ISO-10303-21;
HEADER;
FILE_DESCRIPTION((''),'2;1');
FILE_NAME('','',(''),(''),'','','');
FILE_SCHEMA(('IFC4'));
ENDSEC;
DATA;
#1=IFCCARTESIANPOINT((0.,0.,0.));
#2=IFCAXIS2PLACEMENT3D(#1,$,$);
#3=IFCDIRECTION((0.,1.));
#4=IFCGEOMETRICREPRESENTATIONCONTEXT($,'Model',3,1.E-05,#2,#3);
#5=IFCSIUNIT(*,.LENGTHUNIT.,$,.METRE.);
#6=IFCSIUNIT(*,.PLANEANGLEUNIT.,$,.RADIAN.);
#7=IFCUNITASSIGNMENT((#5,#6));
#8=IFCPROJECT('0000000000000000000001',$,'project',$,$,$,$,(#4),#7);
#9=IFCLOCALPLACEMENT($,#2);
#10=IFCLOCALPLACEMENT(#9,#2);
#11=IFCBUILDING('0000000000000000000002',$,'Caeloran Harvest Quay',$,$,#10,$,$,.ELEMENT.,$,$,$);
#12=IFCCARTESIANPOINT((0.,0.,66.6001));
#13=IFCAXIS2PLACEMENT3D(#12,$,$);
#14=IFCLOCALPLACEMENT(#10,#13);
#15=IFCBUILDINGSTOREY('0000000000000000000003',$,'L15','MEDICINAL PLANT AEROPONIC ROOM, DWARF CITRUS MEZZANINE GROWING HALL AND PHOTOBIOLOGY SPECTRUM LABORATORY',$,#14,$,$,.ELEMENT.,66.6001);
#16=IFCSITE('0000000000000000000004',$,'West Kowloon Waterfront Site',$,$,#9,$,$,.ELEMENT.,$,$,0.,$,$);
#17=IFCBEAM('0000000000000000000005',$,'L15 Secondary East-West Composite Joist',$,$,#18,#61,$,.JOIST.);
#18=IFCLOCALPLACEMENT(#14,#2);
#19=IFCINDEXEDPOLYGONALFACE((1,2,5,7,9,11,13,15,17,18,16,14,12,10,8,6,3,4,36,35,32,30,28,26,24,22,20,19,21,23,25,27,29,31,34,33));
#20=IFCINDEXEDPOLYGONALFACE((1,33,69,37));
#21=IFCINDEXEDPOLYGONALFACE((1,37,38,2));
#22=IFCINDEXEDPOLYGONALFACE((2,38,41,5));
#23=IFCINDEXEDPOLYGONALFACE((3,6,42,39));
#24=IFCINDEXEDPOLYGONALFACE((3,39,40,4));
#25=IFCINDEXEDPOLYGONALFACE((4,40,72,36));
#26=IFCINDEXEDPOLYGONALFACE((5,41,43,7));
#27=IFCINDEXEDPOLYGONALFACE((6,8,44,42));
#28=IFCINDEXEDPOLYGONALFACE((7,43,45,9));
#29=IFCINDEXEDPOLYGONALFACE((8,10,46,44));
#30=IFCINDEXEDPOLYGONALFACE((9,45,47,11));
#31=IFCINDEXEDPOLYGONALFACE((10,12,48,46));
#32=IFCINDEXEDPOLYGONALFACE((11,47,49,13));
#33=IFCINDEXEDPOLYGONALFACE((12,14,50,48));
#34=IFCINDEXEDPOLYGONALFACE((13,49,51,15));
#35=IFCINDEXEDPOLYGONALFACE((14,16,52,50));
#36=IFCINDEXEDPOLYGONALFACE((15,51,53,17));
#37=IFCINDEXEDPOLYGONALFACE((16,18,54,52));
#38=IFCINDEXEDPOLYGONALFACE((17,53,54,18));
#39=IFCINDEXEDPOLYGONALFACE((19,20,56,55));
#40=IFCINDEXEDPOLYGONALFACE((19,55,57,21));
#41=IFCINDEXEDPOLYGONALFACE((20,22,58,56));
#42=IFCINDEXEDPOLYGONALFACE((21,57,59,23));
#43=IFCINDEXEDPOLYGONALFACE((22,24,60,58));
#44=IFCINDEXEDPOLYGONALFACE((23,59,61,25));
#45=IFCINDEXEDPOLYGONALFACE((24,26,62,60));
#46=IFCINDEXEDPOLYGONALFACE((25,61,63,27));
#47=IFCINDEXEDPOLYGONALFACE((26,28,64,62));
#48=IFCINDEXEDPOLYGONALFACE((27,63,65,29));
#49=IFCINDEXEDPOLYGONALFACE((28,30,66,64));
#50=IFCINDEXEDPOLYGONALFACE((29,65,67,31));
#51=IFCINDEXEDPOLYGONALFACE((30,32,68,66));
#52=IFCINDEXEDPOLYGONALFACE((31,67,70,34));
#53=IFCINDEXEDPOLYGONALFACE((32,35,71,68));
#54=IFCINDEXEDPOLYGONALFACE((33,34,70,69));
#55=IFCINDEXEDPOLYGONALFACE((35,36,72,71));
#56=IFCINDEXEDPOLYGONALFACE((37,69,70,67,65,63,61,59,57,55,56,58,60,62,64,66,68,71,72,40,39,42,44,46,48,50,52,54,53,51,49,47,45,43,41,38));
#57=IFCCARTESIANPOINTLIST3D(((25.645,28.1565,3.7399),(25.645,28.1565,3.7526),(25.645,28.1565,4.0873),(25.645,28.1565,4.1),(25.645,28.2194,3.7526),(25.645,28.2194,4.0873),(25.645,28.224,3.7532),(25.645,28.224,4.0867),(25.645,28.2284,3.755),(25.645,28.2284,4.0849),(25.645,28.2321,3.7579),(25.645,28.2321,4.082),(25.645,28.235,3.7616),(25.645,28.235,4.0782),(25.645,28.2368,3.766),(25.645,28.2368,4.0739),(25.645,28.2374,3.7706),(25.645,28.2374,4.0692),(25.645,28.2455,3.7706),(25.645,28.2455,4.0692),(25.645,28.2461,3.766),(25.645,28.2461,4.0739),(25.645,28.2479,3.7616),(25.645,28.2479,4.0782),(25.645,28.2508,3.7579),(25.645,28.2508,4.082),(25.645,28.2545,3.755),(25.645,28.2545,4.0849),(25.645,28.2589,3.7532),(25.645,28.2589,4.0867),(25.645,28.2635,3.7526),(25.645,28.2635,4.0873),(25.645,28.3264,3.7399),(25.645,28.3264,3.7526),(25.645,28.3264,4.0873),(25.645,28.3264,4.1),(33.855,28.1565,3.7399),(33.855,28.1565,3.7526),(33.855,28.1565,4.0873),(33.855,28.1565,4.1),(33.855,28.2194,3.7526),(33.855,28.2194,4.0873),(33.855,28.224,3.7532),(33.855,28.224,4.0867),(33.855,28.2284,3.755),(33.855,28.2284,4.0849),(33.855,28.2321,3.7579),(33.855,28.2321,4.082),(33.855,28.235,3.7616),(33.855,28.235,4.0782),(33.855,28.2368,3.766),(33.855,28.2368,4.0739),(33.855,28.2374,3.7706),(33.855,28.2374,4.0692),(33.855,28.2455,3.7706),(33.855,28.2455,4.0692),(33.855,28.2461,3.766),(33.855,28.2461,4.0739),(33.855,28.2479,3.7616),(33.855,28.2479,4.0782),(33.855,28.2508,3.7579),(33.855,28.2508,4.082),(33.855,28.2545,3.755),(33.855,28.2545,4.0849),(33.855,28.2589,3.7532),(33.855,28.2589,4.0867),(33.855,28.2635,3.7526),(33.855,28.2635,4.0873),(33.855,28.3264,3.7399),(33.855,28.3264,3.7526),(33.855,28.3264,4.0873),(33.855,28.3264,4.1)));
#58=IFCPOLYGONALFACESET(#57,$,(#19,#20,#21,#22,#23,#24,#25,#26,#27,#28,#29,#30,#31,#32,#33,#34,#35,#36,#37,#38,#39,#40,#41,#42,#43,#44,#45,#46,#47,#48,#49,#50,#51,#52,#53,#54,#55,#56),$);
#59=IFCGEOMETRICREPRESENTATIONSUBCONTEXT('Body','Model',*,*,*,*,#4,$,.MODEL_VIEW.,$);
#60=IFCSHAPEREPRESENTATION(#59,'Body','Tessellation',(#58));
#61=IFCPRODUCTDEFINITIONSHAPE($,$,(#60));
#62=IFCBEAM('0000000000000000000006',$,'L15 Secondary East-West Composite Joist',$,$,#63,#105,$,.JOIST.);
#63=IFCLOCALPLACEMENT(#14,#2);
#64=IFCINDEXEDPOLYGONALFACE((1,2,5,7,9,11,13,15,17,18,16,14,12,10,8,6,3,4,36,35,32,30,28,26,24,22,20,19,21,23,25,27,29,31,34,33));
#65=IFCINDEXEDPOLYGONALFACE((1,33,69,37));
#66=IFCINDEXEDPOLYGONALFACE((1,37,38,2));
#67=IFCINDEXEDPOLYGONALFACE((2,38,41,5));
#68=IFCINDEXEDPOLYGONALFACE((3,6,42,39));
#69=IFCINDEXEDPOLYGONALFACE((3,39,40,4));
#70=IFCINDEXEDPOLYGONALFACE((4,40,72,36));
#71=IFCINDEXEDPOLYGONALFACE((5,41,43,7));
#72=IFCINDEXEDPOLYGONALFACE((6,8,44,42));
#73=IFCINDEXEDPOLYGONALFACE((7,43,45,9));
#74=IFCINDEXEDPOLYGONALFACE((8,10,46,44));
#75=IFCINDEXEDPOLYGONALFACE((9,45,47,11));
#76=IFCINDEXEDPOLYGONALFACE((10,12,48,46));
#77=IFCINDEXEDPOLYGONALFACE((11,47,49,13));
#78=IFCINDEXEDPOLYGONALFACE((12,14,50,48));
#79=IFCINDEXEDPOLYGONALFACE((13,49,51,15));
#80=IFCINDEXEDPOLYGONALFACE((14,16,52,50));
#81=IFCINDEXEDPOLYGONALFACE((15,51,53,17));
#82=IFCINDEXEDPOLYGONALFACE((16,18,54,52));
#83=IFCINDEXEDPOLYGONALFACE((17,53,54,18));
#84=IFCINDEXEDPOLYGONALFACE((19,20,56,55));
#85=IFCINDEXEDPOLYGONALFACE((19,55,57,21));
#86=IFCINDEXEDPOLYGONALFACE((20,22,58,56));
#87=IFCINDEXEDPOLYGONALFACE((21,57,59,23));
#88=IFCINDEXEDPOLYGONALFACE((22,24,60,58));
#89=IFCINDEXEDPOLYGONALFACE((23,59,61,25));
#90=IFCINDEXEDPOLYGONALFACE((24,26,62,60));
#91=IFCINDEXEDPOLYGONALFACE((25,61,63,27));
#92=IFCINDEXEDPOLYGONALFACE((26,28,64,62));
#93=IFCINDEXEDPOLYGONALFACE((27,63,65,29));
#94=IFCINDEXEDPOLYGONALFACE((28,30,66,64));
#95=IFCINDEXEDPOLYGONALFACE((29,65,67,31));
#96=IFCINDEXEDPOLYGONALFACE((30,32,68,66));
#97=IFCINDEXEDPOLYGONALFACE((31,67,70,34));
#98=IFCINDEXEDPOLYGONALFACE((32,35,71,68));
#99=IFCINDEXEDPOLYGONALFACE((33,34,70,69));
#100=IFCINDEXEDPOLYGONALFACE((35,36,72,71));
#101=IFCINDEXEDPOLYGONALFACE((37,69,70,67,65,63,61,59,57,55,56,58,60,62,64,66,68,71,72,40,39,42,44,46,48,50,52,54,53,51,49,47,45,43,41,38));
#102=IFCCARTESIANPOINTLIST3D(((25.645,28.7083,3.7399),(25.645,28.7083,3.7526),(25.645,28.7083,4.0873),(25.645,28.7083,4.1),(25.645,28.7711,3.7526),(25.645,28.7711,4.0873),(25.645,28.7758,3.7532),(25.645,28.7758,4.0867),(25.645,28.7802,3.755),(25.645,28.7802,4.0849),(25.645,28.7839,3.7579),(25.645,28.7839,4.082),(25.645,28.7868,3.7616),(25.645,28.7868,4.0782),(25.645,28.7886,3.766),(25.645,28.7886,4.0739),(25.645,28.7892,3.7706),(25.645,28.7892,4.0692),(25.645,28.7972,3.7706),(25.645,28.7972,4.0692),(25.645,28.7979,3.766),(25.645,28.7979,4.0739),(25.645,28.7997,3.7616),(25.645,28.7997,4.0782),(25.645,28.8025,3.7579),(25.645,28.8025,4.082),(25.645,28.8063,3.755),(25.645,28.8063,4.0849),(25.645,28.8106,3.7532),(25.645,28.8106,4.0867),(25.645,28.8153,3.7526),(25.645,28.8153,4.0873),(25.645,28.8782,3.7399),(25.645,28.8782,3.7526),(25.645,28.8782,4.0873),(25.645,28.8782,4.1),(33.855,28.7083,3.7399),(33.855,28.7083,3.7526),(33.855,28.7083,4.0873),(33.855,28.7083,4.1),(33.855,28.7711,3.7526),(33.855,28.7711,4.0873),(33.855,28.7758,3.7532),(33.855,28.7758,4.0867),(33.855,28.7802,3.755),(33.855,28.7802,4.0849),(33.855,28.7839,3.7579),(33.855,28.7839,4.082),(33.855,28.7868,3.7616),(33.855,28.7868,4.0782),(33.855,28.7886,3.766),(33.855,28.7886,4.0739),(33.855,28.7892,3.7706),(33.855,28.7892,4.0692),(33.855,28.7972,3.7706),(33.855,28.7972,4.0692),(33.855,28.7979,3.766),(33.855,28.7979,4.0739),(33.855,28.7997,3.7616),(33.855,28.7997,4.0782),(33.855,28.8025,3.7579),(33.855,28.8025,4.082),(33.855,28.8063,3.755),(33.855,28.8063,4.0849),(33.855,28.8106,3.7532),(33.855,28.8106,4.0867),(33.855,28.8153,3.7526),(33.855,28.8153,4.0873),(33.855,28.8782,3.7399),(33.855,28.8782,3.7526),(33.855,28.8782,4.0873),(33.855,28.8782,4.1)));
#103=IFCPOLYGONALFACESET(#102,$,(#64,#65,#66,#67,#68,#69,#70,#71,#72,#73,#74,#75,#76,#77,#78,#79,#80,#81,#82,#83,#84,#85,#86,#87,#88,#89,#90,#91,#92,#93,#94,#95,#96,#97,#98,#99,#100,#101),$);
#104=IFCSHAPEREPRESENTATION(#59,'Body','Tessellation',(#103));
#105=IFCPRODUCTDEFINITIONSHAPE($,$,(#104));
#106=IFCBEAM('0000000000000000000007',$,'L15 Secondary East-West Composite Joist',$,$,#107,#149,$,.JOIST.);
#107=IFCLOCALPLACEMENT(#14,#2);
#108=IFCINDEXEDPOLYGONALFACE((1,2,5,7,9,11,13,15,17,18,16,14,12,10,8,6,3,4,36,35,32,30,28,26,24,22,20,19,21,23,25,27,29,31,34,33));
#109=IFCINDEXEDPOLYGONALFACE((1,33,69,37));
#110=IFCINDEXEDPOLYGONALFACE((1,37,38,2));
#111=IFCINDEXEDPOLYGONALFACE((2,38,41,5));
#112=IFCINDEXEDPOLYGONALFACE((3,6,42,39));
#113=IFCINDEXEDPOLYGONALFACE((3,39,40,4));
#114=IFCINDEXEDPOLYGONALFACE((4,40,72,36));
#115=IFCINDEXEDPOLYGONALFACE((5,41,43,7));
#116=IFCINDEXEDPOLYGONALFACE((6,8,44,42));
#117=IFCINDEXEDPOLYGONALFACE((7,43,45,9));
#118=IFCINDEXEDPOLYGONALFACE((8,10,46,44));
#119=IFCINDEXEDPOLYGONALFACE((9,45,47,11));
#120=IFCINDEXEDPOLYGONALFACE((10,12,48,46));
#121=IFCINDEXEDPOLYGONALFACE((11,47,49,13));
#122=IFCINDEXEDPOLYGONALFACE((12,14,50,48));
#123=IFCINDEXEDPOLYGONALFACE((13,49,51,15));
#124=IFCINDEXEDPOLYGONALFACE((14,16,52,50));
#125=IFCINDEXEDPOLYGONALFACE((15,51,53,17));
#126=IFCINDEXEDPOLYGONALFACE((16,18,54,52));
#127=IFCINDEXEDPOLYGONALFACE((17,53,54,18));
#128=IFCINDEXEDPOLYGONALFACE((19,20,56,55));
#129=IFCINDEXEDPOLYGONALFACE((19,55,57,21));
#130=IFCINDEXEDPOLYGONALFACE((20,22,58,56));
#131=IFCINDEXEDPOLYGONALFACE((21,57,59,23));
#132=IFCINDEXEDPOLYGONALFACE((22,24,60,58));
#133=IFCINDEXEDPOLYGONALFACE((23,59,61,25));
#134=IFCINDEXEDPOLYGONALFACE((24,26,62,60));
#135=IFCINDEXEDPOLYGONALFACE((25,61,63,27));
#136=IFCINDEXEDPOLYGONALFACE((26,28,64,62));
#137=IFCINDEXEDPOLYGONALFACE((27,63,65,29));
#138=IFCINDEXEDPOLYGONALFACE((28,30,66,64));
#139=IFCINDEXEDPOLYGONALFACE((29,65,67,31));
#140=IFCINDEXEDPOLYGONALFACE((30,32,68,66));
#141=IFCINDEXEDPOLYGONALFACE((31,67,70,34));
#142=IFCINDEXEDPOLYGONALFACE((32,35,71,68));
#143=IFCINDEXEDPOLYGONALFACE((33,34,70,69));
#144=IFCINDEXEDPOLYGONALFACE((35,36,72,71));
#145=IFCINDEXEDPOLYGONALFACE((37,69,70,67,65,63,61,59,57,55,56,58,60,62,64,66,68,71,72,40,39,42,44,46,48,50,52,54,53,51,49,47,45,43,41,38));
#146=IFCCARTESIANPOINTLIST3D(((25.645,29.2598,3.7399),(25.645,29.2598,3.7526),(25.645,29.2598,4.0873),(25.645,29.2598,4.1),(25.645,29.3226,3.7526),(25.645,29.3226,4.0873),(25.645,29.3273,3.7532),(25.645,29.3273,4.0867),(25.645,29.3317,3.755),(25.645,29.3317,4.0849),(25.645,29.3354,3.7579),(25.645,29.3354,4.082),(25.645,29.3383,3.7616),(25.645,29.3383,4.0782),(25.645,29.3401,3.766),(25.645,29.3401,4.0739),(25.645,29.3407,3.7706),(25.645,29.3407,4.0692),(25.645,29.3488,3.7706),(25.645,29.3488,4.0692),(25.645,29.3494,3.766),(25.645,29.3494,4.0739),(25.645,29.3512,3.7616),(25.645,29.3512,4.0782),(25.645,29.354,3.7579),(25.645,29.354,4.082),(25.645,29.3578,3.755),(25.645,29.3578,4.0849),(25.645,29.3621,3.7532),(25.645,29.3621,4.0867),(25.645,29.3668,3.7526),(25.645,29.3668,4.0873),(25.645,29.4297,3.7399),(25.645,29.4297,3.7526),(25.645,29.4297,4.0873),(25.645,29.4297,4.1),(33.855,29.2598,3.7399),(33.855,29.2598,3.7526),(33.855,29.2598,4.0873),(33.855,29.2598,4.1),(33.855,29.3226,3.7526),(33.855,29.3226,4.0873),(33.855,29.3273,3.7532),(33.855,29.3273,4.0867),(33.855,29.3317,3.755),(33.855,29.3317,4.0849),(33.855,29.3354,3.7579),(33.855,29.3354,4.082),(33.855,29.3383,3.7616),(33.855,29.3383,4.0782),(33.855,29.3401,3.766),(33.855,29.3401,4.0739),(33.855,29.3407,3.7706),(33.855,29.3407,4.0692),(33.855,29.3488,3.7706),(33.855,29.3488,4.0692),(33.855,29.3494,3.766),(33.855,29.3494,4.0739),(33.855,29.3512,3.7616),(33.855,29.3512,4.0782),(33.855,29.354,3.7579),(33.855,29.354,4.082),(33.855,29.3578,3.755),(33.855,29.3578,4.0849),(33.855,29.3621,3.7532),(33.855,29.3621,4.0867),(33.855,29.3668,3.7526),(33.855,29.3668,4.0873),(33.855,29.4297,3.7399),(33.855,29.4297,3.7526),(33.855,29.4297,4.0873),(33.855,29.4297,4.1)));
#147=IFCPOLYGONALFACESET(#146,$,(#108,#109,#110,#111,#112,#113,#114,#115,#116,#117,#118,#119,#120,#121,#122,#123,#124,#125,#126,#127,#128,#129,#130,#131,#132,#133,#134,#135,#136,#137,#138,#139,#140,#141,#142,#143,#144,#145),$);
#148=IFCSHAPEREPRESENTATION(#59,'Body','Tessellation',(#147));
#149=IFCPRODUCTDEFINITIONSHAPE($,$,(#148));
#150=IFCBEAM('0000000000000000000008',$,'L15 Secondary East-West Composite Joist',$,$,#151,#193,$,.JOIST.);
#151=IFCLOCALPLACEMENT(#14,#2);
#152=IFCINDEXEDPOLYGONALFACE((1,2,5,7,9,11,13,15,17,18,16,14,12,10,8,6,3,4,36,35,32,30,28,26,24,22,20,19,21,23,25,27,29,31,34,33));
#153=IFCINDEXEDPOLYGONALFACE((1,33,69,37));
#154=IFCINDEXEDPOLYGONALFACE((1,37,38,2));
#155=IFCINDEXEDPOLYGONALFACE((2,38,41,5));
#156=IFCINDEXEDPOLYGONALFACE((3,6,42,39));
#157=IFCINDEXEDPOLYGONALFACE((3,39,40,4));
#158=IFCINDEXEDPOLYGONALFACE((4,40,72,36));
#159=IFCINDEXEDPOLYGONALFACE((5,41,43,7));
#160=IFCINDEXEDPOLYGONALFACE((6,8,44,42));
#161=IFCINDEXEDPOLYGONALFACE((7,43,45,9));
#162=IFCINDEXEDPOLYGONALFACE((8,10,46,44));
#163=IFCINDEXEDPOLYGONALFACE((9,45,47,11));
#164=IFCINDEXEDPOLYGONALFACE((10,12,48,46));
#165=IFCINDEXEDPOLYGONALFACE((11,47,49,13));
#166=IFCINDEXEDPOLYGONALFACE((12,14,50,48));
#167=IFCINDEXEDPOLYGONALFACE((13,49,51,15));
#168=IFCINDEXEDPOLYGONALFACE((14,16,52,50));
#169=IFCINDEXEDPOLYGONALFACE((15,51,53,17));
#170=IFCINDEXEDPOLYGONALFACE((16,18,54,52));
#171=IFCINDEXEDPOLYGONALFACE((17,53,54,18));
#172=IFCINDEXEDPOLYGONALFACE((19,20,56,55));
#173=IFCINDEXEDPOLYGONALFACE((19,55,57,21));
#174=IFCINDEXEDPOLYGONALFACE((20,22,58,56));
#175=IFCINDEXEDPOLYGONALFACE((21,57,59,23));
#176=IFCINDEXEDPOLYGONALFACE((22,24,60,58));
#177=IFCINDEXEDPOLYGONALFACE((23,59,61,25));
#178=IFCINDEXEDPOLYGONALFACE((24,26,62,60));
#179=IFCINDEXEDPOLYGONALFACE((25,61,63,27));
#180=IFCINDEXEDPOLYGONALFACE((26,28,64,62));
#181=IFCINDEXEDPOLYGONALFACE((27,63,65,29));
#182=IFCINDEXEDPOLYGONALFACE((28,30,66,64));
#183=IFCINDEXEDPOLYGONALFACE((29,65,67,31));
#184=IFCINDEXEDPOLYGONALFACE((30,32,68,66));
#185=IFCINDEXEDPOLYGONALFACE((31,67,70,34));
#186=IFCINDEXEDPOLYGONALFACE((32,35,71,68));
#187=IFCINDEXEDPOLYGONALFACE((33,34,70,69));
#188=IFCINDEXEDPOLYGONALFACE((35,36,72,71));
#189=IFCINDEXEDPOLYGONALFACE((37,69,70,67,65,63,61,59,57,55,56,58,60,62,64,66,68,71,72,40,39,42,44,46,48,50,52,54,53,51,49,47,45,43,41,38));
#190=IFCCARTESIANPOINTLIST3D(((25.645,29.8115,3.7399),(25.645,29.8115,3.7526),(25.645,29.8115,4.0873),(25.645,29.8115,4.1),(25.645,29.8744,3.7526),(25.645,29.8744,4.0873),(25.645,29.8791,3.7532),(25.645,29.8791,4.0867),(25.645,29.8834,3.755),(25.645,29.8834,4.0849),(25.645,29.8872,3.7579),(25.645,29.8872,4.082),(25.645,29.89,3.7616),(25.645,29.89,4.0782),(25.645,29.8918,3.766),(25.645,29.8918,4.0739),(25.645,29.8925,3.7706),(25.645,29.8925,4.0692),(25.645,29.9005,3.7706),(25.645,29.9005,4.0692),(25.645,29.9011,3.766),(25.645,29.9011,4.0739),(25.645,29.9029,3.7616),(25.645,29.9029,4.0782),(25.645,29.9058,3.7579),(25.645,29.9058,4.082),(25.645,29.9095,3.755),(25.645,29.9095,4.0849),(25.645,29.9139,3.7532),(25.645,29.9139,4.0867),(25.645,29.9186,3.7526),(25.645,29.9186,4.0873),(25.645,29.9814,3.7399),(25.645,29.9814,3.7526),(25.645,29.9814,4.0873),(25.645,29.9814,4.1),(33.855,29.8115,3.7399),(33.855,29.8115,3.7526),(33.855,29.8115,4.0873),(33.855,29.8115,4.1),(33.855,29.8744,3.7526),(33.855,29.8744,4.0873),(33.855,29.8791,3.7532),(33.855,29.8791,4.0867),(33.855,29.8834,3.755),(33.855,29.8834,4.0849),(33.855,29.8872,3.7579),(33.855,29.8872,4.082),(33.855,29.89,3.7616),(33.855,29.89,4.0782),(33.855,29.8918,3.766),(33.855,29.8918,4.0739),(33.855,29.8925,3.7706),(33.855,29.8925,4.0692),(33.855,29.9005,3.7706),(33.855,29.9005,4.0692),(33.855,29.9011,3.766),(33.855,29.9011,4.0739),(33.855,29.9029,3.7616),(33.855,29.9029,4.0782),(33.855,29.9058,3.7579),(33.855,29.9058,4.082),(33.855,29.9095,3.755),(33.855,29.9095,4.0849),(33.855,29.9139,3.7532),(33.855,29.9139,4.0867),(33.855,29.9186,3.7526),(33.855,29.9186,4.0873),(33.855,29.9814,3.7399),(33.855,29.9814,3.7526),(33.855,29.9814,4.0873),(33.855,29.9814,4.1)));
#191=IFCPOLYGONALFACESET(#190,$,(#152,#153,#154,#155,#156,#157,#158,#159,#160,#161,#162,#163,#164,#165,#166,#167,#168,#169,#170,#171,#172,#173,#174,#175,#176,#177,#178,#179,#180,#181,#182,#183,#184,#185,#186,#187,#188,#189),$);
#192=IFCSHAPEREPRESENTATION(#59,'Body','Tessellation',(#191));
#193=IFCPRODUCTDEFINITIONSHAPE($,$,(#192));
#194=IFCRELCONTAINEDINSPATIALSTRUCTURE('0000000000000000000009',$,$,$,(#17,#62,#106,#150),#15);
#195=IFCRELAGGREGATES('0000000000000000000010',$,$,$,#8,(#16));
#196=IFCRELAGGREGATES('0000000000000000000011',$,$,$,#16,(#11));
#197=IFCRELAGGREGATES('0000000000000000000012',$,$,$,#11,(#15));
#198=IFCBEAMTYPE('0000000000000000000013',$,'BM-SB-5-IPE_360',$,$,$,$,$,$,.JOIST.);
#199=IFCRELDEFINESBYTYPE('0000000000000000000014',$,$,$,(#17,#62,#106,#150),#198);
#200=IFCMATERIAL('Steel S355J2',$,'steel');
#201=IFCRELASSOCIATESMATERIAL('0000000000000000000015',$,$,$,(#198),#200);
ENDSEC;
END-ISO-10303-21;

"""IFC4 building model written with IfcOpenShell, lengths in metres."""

from ifc_helpers import new_model, si_unit, direction, frame, origin, origin_2d, place, context, subcontext, project, spatial, i_section, extrude, material, material_profile, profile_set, type_object, element, save


model = new_model("IFC4")

# Units and contexts
model_context = context("Model", 3, precision=1e-05, world=origin(), true_north=direction((0.0, 1.0)))
body_context = subcontext(model_context, "Body", "Model", "MODEL_VIEW")
ifc_project = project(units=[si_unit("LENGTHUNIT", "METRE"), si_unit("PLANEANGLEUNIT", "RADIAN")], contexts=[model_context])

# Site, building, storey
site_placement = place(None, origin())
site = spatial("IfcSite", under=ifc_project, at=site_placement, Name="West Kowloon Waterfront Site", CompositionType="ELEMENT", RefElevation=0.0)
building_placement = place(site_placement, origin())
building = spatial("IfcBuilding", under=site, at=building_placement, Name="Caeloran Harvest Quay", CompositionType="ELEMENT")
storey_placement = place(building_placement, frame((0.0, 0.0, 66.6001)))
storey = spatial("IfcBuildingStorey", under=building, at=storey_placement, Name="L15", Description="MEDICINAL PLANT AEROPONIC ROOM, DWARF CITRUS MEZZANINE GROWING HALL AND PHOTOBIOLOGY SPECTRUM LABORATORY", CompositionType="ELEMENT", Elevation=66.6001)

# Beams
ifc_material_1 = material(Name="Steel S355J2", Category="steel")
ifc_material_profile_1 = material_profile(ifc_material_1, i_section(OverallWidth=0.1699, OverallDepth=0.3601, WebThickness=0.0081, FlangeThickness=0.0127, FilletRadius=0.0181, at=origin_2d()), Name="IPE 360")
ifc_profile_set_1 = profile_set([ifc_material_profile_1], Name="Steel S355J2")
beam_type_1 = type_object("IfcBeamType", Name="BM-SB-5-IPE_360", PredefinedType="JOIST", material=ifc_profile_set_1)
for number, where, z_axis, x_axis, name in (
    (1, (25.645, 28.2415, 3.9199), (1.0, 0.0, 0.0), (0.0, 1.0, 0.0), "L15 Secondary East-West Composite Joist"),
    (2, (25.645, 28.7932, 3.9199), (1.0, 0.0, 0.0), (0.0, 1.0, 0.0), "L15 Secondary East-West Composite Joist"),
    (3, (25.645, 29.3447, 3.9199), (1.0, 0.0, 0.0), (0.0, 1.0, 0.0), "L15 Secondary East-West Composite Joist"),
    (4, (25.645, 29.8965, 3.9199), (1.0, 0.0, 0.0), (0.0, 1.0, 0.0), "L15 Secondary East-West Composite Joist"),
):
    element("IfcBeam", number, at=place(storey_placement, frame(where, z_axis=z_axis, x_axis=x_axis)), inside=storey, type_object=beam_type_1, Name=name, PredefinedType="JOIST", context=body_context, shape_type="SweptSolid", body=[
        extrude(i_section(OverallWidth=0.1699, OverallDepth=0.3601, WebThickness=0.0081, FlangeThickness=0.0127, FilletRadius=0.0181, at=origin_2d()), origin(), (0.0, 0.0, 1.0), 8.21),
    ])

save(model, "model.ifc")
